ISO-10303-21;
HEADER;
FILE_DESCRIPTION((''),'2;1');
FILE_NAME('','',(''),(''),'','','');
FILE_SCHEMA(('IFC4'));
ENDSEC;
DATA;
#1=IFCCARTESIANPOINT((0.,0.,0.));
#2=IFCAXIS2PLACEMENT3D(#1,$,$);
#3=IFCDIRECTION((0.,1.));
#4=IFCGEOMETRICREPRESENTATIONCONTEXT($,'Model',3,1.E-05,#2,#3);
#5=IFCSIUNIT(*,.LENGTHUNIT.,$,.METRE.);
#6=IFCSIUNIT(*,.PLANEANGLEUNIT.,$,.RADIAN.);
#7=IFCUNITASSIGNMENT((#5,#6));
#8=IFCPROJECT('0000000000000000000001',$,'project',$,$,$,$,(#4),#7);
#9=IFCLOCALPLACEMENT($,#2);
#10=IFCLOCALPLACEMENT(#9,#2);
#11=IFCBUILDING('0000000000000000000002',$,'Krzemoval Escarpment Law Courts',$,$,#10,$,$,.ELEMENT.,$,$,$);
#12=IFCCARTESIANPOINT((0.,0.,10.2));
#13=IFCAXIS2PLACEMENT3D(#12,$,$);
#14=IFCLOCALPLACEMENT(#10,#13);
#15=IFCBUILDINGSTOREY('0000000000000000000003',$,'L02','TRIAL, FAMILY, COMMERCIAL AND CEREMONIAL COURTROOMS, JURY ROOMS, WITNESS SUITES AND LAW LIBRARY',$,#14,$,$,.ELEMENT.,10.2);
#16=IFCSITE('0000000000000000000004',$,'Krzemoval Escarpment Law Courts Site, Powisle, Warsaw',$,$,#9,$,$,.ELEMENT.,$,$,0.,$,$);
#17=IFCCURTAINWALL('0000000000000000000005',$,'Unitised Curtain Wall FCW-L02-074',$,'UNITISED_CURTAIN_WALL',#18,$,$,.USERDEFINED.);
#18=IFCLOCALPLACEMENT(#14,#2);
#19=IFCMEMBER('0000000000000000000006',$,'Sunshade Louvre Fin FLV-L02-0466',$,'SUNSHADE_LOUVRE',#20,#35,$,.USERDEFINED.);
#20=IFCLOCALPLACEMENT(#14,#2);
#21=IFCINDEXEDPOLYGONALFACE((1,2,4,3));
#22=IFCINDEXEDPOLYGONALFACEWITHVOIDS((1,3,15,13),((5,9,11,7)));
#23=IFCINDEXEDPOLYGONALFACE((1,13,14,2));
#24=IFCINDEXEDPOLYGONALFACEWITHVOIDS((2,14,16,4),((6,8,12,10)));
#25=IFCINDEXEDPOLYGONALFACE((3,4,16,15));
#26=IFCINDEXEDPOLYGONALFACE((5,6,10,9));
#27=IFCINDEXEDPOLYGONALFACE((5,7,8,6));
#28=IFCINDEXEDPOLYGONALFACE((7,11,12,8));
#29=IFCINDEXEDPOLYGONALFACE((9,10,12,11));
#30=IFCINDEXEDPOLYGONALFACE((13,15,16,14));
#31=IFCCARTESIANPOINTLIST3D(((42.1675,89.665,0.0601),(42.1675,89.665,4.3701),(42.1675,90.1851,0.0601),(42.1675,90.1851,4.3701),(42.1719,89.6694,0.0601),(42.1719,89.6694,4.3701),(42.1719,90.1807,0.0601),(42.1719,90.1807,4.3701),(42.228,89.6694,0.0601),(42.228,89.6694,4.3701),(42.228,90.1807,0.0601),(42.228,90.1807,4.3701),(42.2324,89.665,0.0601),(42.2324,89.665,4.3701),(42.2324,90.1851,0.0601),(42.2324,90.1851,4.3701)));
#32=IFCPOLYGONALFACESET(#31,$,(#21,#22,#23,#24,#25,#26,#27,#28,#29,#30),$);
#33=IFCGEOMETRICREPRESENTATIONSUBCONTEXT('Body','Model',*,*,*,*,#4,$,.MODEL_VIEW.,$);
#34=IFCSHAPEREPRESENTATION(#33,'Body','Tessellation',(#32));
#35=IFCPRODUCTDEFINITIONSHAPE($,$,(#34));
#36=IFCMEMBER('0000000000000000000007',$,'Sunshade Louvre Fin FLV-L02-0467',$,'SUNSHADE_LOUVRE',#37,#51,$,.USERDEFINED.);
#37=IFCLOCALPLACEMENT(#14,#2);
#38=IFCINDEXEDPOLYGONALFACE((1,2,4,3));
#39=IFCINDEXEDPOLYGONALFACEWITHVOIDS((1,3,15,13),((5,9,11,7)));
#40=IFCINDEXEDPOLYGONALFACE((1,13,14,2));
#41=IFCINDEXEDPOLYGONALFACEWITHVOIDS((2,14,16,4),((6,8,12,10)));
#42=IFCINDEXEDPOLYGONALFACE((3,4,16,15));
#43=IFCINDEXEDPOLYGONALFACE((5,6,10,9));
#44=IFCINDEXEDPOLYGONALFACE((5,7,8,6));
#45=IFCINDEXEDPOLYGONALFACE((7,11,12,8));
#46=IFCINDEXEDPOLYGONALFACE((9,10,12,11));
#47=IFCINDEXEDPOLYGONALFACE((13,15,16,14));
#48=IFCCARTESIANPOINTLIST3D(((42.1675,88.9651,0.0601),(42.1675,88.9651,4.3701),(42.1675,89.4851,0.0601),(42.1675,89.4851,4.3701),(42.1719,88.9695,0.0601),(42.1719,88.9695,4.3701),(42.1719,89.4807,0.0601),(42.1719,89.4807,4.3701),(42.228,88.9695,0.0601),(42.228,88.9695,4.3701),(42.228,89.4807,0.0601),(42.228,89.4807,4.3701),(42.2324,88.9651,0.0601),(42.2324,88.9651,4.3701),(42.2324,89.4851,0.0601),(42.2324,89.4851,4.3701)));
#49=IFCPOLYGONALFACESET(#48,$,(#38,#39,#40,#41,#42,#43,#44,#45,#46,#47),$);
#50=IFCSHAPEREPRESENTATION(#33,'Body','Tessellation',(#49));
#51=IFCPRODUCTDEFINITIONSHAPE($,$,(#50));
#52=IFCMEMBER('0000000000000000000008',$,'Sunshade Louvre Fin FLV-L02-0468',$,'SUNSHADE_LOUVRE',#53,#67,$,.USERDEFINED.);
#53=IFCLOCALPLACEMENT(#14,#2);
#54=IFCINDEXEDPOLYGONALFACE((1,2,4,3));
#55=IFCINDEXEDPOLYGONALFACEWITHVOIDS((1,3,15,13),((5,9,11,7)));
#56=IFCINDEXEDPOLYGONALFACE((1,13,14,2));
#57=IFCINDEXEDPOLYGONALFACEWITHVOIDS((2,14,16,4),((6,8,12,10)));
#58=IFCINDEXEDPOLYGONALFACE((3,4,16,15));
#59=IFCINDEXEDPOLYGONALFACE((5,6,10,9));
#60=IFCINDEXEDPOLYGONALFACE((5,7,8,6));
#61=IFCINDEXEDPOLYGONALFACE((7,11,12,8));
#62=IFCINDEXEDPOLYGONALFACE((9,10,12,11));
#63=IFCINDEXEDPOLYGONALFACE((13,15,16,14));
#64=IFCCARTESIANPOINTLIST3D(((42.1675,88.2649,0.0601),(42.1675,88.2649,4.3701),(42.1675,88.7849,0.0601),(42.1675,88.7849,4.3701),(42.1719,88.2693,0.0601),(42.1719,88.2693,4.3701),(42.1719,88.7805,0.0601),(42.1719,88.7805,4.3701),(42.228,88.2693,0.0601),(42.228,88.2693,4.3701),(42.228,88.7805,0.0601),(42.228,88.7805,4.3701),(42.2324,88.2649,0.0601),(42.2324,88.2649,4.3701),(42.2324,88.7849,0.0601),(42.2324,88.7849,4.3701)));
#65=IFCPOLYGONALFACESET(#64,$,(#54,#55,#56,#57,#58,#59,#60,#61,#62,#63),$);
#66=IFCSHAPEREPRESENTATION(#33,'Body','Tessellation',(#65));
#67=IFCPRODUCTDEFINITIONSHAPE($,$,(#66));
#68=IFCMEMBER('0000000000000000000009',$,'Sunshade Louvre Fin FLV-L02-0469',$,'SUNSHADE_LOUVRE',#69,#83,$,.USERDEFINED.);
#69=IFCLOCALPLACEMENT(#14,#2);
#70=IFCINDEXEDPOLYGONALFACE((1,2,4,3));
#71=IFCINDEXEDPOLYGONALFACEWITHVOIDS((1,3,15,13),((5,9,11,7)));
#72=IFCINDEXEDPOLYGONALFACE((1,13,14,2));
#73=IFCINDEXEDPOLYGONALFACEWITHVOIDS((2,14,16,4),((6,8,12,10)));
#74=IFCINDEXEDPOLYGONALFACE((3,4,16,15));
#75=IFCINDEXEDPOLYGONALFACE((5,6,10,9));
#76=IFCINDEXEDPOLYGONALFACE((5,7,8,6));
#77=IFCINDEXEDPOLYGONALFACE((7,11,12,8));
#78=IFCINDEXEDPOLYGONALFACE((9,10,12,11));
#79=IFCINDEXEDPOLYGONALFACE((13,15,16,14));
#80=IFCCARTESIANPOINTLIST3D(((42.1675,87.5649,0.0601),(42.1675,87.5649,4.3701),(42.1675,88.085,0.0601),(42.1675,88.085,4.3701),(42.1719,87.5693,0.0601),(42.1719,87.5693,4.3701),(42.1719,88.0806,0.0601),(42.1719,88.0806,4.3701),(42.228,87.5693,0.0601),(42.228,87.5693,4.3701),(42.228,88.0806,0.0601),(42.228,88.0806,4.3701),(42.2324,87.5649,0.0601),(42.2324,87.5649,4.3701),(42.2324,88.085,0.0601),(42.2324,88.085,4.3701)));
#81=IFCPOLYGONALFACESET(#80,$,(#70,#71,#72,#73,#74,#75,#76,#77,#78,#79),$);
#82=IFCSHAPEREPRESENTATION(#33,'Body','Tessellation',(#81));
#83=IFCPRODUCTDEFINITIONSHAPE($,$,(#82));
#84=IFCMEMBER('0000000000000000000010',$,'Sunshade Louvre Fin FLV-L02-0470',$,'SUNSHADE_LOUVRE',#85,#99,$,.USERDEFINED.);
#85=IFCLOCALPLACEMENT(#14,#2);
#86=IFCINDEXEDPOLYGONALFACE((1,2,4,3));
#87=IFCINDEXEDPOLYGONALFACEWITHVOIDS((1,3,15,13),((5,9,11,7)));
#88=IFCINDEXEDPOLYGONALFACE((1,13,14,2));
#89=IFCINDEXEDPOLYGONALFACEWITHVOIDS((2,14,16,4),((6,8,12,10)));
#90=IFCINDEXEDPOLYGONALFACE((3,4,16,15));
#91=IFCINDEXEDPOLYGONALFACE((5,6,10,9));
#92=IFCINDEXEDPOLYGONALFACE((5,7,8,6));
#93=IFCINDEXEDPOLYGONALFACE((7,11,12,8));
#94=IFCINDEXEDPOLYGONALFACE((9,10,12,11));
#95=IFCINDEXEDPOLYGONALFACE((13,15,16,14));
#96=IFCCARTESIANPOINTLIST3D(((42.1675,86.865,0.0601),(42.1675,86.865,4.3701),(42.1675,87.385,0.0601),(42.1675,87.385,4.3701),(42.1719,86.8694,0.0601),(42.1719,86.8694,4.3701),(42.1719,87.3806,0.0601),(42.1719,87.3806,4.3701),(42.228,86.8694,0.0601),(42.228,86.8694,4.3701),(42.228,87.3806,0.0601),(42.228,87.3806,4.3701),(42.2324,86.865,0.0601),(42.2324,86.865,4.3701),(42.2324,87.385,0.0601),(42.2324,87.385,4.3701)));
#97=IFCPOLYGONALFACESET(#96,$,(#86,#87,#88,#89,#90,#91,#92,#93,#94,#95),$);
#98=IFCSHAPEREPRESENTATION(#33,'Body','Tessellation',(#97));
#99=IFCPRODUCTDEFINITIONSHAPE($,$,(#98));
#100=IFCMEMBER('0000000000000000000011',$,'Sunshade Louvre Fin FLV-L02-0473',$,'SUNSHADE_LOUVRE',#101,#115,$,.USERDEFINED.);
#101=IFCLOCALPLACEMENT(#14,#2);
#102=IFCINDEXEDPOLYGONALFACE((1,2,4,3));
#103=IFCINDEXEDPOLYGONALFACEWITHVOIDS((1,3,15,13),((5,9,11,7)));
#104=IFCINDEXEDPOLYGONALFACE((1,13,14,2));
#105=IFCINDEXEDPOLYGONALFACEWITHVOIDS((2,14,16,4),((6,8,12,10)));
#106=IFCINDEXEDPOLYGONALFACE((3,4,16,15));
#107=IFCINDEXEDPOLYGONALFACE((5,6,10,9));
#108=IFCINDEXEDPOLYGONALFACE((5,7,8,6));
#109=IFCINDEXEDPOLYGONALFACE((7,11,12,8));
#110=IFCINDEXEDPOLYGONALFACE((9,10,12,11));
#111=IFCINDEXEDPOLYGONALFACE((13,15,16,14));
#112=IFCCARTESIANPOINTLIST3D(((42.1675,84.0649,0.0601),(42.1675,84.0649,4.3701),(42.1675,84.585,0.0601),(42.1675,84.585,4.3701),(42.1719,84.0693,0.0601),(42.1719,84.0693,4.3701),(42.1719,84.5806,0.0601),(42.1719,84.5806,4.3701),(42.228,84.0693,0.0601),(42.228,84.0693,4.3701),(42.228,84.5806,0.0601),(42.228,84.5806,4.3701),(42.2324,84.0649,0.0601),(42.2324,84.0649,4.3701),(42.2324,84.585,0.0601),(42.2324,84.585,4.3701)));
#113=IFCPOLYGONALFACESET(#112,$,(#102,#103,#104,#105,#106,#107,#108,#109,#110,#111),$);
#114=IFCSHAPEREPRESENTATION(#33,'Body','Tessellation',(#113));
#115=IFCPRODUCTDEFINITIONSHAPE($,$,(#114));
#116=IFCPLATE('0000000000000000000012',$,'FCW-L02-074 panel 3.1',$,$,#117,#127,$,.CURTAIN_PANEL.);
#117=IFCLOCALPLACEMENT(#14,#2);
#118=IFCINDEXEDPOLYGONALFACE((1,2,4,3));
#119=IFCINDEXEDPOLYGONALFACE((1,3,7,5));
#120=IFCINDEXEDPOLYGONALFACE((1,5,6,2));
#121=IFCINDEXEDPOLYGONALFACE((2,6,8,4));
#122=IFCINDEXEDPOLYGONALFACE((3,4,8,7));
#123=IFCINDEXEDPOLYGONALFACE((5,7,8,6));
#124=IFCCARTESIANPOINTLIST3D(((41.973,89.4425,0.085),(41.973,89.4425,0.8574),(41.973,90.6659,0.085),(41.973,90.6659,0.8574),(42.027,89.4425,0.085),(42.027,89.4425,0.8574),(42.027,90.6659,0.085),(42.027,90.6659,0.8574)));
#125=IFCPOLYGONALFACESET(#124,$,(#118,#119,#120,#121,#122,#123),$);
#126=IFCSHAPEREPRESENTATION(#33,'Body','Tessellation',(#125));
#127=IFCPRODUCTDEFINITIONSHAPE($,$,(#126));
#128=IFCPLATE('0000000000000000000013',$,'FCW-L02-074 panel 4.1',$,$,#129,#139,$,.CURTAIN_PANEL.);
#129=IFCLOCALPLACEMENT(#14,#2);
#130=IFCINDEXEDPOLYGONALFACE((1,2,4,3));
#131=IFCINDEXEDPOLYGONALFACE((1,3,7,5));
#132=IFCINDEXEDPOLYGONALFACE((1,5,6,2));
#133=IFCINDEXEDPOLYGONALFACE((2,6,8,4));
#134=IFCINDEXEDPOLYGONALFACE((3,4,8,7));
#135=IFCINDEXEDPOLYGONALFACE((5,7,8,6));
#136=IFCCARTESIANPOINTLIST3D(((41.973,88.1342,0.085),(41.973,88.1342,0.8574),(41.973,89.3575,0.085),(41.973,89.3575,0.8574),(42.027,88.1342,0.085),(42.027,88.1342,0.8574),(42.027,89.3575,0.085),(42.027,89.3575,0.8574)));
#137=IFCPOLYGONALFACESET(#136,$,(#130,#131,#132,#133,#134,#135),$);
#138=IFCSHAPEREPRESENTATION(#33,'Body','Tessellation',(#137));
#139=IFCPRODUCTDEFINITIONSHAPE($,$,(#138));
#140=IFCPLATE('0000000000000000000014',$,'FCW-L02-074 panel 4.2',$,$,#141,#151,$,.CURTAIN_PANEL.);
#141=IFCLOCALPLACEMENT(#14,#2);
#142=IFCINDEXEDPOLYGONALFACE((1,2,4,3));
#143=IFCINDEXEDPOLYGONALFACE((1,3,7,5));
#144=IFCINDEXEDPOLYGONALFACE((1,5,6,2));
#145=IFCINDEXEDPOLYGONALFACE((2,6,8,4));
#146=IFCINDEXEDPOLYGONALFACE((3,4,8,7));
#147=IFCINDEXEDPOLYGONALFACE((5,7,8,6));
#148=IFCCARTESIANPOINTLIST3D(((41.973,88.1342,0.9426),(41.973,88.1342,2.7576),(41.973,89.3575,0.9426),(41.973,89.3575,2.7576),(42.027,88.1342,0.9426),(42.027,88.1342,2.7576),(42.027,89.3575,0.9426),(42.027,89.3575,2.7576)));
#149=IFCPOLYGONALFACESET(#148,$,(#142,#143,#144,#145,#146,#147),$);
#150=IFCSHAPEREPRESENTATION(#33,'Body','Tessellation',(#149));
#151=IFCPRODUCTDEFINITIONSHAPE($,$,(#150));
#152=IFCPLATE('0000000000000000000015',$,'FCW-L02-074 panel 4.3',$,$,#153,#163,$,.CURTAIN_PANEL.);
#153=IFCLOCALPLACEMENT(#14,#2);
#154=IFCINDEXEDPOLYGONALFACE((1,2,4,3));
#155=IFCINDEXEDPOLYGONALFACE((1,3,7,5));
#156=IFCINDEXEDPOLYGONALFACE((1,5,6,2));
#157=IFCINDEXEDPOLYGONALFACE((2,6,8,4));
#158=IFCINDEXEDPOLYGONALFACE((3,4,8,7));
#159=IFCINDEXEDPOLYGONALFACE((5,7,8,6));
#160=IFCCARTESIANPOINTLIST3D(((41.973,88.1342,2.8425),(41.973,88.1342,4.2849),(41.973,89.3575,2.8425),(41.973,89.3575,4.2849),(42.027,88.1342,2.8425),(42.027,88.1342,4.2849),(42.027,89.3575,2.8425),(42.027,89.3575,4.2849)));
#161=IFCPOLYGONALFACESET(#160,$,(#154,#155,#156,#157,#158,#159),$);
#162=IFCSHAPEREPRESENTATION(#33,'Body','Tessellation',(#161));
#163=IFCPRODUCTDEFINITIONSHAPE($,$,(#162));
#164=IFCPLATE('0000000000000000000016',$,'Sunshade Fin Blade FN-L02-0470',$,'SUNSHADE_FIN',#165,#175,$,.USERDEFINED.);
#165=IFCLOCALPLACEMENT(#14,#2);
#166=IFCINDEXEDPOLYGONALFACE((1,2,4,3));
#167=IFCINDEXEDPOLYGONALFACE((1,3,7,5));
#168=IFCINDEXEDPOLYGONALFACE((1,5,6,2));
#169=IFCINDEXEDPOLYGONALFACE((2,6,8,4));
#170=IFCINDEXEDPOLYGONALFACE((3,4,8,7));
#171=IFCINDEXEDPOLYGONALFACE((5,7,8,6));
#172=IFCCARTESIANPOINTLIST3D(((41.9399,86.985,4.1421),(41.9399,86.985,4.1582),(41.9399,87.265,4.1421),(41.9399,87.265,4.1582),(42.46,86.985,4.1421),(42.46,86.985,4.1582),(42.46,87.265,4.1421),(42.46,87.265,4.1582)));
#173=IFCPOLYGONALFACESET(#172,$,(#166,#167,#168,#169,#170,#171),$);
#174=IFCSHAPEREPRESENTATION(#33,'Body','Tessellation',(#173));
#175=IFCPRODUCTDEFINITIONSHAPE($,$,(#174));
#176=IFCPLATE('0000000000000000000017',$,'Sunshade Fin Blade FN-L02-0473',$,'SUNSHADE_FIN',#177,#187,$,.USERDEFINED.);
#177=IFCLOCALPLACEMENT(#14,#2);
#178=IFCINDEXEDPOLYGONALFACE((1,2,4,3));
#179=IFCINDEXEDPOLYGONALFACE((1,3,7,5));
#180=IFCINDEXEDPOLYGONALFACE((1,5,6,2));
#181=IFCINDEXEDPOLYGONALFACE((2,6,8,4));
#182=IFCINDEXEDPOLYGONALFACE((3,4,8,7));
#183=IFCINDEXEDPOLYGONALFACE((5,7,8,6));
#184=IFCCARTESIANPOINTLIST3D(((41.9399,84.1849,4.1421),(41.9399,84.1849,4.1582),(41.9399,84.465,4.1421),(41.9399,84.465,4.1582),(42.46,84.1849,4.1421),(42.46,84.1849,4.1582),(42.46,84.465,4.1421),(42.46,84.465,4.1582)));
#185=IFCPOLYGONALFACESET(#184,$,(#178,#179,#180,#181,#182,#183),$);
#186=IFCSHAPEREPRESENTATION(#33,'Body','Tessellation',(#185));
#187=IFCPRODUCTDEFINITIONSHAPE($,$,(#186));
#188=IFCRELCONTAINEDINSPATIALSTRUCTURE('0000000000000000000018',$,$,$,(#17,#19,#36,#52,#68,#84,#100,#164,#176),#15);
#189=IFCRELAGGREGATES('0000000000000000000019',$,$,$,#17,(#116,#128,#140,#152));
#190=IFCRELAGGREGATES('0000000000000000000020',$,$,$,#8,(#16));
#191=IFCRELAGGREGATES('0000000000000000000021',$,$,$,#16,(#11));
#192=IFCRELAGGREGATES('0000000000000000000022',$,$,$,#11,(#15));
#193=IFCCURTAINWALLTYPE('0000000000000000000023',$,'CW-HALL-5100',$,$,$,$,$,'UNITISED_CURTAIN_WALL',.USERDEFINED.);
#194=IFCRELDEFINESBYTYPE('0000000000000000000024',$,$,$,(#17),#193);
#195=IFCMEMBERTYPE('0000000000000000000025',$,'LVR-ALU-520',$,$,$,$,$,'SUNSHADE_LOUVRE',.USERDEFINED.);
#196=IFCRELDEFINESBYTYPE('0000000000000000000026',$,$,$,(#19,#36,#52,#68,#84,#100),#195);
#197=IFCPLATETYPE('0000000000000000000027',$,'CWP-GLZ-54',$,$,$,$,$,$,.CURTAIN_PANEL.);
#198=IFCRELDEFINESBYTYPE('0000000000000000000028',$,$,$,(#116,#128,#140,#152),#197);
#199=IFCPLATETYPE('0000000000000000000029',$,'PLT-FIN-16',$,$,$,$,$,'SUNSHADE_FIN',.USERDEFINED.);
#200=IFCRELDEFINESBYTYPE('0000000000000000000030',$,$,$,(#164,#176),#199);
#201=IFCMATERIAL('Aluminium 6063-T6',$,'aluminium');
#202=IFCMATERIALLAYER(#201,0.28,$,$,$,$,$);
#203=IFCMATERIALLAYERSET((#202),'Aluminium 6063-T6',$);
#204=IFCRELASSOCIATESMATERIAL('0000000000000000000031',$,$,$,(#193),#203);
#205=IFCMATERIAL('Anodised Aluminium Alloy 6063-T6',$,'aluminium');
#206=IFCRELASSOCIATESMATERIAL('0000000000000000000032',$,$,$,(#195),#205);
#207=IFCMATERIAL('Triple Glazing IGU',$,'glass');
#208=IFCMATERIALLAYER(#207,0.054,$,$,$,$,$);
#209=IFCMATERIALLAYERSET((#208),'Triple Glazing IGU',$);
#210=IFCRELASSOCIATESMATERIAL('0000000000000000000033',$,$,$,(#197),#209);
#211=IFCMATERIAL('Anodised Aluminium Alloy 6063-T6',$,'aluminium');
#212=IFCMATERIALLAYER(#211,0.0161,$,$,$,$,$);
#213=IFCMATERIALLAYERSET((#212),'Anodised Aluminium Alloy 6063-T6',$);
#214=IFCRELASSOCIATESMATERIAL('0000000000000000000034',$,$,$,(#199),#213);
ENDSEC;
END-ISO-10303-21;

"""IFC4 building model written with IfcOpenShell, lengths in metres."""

from ifc_helpers import new_model, si_unit, direction, frame, origin, origin_2d, place, context, subcontext, project, spatial, rectangle, hollow_rectangle, extrude, material, layer, layer_set, material_profile, profile_set, type_object, element, aggregate, save


model = new_model("IFC4")

# Units and contexts
model_context = context("Model", 3, precision=1e-05, world=origin(), true_north=direction((0.0, 1.0)))
body_context = subcontext(model_context, "Body", "Model", "MODEL_VIEW")
ifc_project = project(units=[si_unit("LENGTHUNIT", "METRE"), si_unit("PLANEANGLEUNIT", "RADIAN")], contexts=[model_context])

# Site, building, storey
site_placement = place(None, origin())
site = spatial("IfcSite", under=ifc_project, at=site_placement, Name="Krzemoval Escarpment Law Courts Site, Powisle, Warsaw", CompositionType="ELEMENT", RefElevation=0.0)
building_placement = place(site_placement, origin())
building = spatial("IfcBuilding", under=site, at=building_placement, Name="Krzemoval Escarpment Law Courts", CompositionType="ELEMENT")
storey_placement = place(building_placement, frame((0.0, 0.0, 10.2)))
storey = spatial("IfcBuildingStorey", under=building, at=storey_placement, Name="L02", Description="TRIAL, FAMILY, COMMERCIAL AND CEREMONIAL COURTROOMS, JURY ROOMS, WITNESS SUITES AND LAW LIBRARY", CompositionType="ELEMENT", Elevation=10.2)

# Curtain wall
ifc_material_1 = material(Name="Aluminium 6063-T6", Category="aluminium")
ifc_layer_1 = layer(ifc_material_1, 0.28)
ifc_layer_set_1 = layer_set([ifc_layer_1], Name="Aluminium 6063-T6")
curtain_wall_type = type_object("IfcCurtainWallType", Name="CW-HALL-5100", ElementType="UNITISED_CURTAIN_WALL", PredefinedType="USERDEFINED", material=ifc_layer_set_1)
curtain_wall_placement = place(storey_placement, origin())
curtain_wall = element("IfcCurtainWall", 1, at=curtain_wall_placement, inside=storey, type_object=curtain_wall_type, Name="Unitised Curtain Wall FCW-L02-074", ObjectType="UNITISED_CURTAIN_WALL", PredefinedType="USERDEFINED")

# Members
ifc_material_2 = material(Name="Anodised Aluminium Alloy 6063-T6", Category="aluminium")
ifc_material_profile_1 = material_profile(ifc_material_2, hollow_rectangle(XDim=0.0649, YDim=0.52, WallThickness=0.0044, at=origin_2d()), Name="ALU LVR 65x520")
ifc_profile_set_1 = profile_set([ifc_material_profile_1], Name="Anodised Aluminium Alloy 6063-T6")
member_type_1 = type_object("IfcMemberType", Name="LVR-ALU-520", ElementType="SUNSHADE_LOUVRE", PredefinedType="USERDEFINED", material=ifc_profile_set_1)
for number, where, z_axis, x_axis, name in (
    (2, (42.2, 89.925, 0.0601), (0.0, 0.0, 1.0), (1.0, 0.0, 0.0), "Sunshade Louvre Fin FLV-L02-0466"),
    (3, (42.2, 89.2251, 0.0601), (0.0, 0.0, 1.0), (1.0, 0.0, 0.0), "Sunshade Louvre Fin FLV-L02-0467"),
    (4, (42.2, 88.5249, 0.0601), (0.0, 0.0, 1.0), (1.0, 0.0, 0.0), "Sunshade Louvre Fin FLV-L02-0468"),
    (5, (42.2, 87.825, 0.0601), (0.0, 0.0, 1.0), (1.0, 0.0, 0.0), "Sunshade Louvre Fin FLV-L02-0469"),
    (6, (42.2, 87.125, 0.0601), (0.0, 0.0, 1.0), (1.0, 0.0, 0.0), "Sunshade Louvre Fin FLV-L02-0470"),
    (7, (42.2, 84.325, 0.0601), (0.0, 0.0, 1.0), (1.0, 0.0, 0.0), "Sunshade Louvre Fin FLV-L02-0473"),
):
    element("IfcMember", number, at=place(storey_placement, frame(where, z_axis=z_axis, x_axis=x_axis)), inside=storey, type_object=member_type_1, Name=name, ObjectType="SUNSHADE_LOUVRE", PredefinedType="USERDEFINED", context=body_context, shape_type="SweptSolid", body=[
        extrude(hollow_rectangle(XDim=0.0649, YDim=0.52, WallThickness=0.0044, at=origin_2d()), origin(), (0.0, 0.0, 1.0), 4.3101),
    ])

# Plates
ifc_material_3 = material(Name="Triple Glazing IGU", Category="glass")
ifc_layer_2 = layer(ifc_material_3, 0.054)
ifc_layer_set_2 = layer_set([ifc_layer_2], Name="Triple Glazing IGU")
plate_type_1 = type_object("IfcPlateType", Name="CWP-GLZ-54", PredefinedType="CURTAIN_PANEL", material=ifc_layer_set_2)
plate_1_placement = place(storey_placement, frame((42.0, 90.0542, 0.085), z_axis=(0.0, 0.0, 1.0), x_axis=(0.0, -1.0, 0.0)))
plate_1 = element("IfcPlate", 8, at=plate_1_placement, type_object=plate_type_1, Name="FCW-L02-074 panel 3.1", PredefinedType="CURTAIN_PANEL", context=body_context, shape_type="SweptSolid", body=[
    extrude(rectangle(XDim=1.2234, YDim=0.054, at=origin_2d()), origin(), (0.0, 0.0, 1.0), 0.7725),
])
plate_2_placement = place(storey_placement, frame((42.0, 88.7458, 0.085), z_axis=(0.0, 0.0, 1.0), x_axis=(0.0, -1.0, 0.0)))
plate_2 = element("IfcPlate", 9, at=plate_2_placement, type_object=plate_type_1, Name="FCW-L02-074 panel 4.1", PredefinedType="CURTAIN_PANEL", context=body_context, shape_type="SweptSolid", body=[
    extrude(rectangle(XDim=1.2234, YDim=0.054, at=origin_2d()), origin(), (0.0, 0.0, 1.0), 0.7725),
])
plate_3_placement = place(storey_placement, frame((42.0, 88.7458, 0.9426), z_axis=(0.0, 0.0, 1.0), x_axis=(0.0, -1.0, 0.0)))
plate_3 = element("IfcPlate", 10, at=plate_3_placement, type_object=plate_type_1, Name="FCW-L02-074 panel 4.2", PredefinedType="CURTAIN_PANEL", context=body_context, shape_type="SweptSolid", body=[
    extrude(rectangle(XDim=1.2234, YDim=0.054, at=origin_2d()), origin(), (0.0, 0.0, 1.0), 1.8149),
])
plate_4_placement = place(storey_placement, frame((42.0, 88.7458, 2.8425), z_axis=(0.0, 0.0, 1.0), x_axis=(0.0, -1.0, 0.0)))
plate_4 = element("IfcPlate", 11, at=plate_4_placement, type_object=plate_type_1, Name="FCW-L02-074 panel 4.3", PredefinedType="CURTAIN_PANEL", context=body_context, shape_type="SweptSolid", body=[
    extrude(rectangle(XDim=1.2234, YDim=0.054, at=origin_2d()), origin(), (0.0, 0.0, 1.0), 1.4424),
])
aggregate(curtain_wall, [plate_1, plate_2, plate_3, plate_4])

# Plates
ifc_material_4 = material(Name="Anodised Aluminium Alloy 6063-T6", Category="aluminium")
ifc_layer_3 = layer(ifc_material_4, 0.0161)
ifc_layer_set_3 = layer_set([ifc_layer_3], Name="Anodised Aluminium Alloy 6063-T6")
plate_type_2 = type_object("IfcPlateType", Name="PLT-FIN-16", ElementType="SUNSHADE_FIN", PredefinedType="USERDEFINED", material=ifc_layer_set_3)
for number, where, z_axis, x_axis, name in (
    (12, (42.2, 87.125, 4.1421), (0.0, 0.0, 1.0), (1.0, 0.0, 0.0), "Sunshade Fin Blade FN-L02-0470"),
    (13, (42.2, 84.325, 4.1421), (0.0, 0.0, 1.0), (1.0, 0.0, 0.0), "Sunshade Fin Blade FN-L02-0473"),
):
    element("IfcPlate", number, at=place(storey_placement, frame(where, z_axis=z_axis, x_axis=x_axis)), inside=storey, type_object=plate_type_2, Name=name, ObjectType="SUNSHADE_FIN", PredefinedType="USERDEFINED", context=body_context, shape_type="SweptSolid", body=[
        extrude(rectangle(XDim=0.52, YDim=0.28, at=origin_2d()), origin(), (0.0, 0.0, 1.0), 0.0161),
    ])

save(model, "model.ifc")
